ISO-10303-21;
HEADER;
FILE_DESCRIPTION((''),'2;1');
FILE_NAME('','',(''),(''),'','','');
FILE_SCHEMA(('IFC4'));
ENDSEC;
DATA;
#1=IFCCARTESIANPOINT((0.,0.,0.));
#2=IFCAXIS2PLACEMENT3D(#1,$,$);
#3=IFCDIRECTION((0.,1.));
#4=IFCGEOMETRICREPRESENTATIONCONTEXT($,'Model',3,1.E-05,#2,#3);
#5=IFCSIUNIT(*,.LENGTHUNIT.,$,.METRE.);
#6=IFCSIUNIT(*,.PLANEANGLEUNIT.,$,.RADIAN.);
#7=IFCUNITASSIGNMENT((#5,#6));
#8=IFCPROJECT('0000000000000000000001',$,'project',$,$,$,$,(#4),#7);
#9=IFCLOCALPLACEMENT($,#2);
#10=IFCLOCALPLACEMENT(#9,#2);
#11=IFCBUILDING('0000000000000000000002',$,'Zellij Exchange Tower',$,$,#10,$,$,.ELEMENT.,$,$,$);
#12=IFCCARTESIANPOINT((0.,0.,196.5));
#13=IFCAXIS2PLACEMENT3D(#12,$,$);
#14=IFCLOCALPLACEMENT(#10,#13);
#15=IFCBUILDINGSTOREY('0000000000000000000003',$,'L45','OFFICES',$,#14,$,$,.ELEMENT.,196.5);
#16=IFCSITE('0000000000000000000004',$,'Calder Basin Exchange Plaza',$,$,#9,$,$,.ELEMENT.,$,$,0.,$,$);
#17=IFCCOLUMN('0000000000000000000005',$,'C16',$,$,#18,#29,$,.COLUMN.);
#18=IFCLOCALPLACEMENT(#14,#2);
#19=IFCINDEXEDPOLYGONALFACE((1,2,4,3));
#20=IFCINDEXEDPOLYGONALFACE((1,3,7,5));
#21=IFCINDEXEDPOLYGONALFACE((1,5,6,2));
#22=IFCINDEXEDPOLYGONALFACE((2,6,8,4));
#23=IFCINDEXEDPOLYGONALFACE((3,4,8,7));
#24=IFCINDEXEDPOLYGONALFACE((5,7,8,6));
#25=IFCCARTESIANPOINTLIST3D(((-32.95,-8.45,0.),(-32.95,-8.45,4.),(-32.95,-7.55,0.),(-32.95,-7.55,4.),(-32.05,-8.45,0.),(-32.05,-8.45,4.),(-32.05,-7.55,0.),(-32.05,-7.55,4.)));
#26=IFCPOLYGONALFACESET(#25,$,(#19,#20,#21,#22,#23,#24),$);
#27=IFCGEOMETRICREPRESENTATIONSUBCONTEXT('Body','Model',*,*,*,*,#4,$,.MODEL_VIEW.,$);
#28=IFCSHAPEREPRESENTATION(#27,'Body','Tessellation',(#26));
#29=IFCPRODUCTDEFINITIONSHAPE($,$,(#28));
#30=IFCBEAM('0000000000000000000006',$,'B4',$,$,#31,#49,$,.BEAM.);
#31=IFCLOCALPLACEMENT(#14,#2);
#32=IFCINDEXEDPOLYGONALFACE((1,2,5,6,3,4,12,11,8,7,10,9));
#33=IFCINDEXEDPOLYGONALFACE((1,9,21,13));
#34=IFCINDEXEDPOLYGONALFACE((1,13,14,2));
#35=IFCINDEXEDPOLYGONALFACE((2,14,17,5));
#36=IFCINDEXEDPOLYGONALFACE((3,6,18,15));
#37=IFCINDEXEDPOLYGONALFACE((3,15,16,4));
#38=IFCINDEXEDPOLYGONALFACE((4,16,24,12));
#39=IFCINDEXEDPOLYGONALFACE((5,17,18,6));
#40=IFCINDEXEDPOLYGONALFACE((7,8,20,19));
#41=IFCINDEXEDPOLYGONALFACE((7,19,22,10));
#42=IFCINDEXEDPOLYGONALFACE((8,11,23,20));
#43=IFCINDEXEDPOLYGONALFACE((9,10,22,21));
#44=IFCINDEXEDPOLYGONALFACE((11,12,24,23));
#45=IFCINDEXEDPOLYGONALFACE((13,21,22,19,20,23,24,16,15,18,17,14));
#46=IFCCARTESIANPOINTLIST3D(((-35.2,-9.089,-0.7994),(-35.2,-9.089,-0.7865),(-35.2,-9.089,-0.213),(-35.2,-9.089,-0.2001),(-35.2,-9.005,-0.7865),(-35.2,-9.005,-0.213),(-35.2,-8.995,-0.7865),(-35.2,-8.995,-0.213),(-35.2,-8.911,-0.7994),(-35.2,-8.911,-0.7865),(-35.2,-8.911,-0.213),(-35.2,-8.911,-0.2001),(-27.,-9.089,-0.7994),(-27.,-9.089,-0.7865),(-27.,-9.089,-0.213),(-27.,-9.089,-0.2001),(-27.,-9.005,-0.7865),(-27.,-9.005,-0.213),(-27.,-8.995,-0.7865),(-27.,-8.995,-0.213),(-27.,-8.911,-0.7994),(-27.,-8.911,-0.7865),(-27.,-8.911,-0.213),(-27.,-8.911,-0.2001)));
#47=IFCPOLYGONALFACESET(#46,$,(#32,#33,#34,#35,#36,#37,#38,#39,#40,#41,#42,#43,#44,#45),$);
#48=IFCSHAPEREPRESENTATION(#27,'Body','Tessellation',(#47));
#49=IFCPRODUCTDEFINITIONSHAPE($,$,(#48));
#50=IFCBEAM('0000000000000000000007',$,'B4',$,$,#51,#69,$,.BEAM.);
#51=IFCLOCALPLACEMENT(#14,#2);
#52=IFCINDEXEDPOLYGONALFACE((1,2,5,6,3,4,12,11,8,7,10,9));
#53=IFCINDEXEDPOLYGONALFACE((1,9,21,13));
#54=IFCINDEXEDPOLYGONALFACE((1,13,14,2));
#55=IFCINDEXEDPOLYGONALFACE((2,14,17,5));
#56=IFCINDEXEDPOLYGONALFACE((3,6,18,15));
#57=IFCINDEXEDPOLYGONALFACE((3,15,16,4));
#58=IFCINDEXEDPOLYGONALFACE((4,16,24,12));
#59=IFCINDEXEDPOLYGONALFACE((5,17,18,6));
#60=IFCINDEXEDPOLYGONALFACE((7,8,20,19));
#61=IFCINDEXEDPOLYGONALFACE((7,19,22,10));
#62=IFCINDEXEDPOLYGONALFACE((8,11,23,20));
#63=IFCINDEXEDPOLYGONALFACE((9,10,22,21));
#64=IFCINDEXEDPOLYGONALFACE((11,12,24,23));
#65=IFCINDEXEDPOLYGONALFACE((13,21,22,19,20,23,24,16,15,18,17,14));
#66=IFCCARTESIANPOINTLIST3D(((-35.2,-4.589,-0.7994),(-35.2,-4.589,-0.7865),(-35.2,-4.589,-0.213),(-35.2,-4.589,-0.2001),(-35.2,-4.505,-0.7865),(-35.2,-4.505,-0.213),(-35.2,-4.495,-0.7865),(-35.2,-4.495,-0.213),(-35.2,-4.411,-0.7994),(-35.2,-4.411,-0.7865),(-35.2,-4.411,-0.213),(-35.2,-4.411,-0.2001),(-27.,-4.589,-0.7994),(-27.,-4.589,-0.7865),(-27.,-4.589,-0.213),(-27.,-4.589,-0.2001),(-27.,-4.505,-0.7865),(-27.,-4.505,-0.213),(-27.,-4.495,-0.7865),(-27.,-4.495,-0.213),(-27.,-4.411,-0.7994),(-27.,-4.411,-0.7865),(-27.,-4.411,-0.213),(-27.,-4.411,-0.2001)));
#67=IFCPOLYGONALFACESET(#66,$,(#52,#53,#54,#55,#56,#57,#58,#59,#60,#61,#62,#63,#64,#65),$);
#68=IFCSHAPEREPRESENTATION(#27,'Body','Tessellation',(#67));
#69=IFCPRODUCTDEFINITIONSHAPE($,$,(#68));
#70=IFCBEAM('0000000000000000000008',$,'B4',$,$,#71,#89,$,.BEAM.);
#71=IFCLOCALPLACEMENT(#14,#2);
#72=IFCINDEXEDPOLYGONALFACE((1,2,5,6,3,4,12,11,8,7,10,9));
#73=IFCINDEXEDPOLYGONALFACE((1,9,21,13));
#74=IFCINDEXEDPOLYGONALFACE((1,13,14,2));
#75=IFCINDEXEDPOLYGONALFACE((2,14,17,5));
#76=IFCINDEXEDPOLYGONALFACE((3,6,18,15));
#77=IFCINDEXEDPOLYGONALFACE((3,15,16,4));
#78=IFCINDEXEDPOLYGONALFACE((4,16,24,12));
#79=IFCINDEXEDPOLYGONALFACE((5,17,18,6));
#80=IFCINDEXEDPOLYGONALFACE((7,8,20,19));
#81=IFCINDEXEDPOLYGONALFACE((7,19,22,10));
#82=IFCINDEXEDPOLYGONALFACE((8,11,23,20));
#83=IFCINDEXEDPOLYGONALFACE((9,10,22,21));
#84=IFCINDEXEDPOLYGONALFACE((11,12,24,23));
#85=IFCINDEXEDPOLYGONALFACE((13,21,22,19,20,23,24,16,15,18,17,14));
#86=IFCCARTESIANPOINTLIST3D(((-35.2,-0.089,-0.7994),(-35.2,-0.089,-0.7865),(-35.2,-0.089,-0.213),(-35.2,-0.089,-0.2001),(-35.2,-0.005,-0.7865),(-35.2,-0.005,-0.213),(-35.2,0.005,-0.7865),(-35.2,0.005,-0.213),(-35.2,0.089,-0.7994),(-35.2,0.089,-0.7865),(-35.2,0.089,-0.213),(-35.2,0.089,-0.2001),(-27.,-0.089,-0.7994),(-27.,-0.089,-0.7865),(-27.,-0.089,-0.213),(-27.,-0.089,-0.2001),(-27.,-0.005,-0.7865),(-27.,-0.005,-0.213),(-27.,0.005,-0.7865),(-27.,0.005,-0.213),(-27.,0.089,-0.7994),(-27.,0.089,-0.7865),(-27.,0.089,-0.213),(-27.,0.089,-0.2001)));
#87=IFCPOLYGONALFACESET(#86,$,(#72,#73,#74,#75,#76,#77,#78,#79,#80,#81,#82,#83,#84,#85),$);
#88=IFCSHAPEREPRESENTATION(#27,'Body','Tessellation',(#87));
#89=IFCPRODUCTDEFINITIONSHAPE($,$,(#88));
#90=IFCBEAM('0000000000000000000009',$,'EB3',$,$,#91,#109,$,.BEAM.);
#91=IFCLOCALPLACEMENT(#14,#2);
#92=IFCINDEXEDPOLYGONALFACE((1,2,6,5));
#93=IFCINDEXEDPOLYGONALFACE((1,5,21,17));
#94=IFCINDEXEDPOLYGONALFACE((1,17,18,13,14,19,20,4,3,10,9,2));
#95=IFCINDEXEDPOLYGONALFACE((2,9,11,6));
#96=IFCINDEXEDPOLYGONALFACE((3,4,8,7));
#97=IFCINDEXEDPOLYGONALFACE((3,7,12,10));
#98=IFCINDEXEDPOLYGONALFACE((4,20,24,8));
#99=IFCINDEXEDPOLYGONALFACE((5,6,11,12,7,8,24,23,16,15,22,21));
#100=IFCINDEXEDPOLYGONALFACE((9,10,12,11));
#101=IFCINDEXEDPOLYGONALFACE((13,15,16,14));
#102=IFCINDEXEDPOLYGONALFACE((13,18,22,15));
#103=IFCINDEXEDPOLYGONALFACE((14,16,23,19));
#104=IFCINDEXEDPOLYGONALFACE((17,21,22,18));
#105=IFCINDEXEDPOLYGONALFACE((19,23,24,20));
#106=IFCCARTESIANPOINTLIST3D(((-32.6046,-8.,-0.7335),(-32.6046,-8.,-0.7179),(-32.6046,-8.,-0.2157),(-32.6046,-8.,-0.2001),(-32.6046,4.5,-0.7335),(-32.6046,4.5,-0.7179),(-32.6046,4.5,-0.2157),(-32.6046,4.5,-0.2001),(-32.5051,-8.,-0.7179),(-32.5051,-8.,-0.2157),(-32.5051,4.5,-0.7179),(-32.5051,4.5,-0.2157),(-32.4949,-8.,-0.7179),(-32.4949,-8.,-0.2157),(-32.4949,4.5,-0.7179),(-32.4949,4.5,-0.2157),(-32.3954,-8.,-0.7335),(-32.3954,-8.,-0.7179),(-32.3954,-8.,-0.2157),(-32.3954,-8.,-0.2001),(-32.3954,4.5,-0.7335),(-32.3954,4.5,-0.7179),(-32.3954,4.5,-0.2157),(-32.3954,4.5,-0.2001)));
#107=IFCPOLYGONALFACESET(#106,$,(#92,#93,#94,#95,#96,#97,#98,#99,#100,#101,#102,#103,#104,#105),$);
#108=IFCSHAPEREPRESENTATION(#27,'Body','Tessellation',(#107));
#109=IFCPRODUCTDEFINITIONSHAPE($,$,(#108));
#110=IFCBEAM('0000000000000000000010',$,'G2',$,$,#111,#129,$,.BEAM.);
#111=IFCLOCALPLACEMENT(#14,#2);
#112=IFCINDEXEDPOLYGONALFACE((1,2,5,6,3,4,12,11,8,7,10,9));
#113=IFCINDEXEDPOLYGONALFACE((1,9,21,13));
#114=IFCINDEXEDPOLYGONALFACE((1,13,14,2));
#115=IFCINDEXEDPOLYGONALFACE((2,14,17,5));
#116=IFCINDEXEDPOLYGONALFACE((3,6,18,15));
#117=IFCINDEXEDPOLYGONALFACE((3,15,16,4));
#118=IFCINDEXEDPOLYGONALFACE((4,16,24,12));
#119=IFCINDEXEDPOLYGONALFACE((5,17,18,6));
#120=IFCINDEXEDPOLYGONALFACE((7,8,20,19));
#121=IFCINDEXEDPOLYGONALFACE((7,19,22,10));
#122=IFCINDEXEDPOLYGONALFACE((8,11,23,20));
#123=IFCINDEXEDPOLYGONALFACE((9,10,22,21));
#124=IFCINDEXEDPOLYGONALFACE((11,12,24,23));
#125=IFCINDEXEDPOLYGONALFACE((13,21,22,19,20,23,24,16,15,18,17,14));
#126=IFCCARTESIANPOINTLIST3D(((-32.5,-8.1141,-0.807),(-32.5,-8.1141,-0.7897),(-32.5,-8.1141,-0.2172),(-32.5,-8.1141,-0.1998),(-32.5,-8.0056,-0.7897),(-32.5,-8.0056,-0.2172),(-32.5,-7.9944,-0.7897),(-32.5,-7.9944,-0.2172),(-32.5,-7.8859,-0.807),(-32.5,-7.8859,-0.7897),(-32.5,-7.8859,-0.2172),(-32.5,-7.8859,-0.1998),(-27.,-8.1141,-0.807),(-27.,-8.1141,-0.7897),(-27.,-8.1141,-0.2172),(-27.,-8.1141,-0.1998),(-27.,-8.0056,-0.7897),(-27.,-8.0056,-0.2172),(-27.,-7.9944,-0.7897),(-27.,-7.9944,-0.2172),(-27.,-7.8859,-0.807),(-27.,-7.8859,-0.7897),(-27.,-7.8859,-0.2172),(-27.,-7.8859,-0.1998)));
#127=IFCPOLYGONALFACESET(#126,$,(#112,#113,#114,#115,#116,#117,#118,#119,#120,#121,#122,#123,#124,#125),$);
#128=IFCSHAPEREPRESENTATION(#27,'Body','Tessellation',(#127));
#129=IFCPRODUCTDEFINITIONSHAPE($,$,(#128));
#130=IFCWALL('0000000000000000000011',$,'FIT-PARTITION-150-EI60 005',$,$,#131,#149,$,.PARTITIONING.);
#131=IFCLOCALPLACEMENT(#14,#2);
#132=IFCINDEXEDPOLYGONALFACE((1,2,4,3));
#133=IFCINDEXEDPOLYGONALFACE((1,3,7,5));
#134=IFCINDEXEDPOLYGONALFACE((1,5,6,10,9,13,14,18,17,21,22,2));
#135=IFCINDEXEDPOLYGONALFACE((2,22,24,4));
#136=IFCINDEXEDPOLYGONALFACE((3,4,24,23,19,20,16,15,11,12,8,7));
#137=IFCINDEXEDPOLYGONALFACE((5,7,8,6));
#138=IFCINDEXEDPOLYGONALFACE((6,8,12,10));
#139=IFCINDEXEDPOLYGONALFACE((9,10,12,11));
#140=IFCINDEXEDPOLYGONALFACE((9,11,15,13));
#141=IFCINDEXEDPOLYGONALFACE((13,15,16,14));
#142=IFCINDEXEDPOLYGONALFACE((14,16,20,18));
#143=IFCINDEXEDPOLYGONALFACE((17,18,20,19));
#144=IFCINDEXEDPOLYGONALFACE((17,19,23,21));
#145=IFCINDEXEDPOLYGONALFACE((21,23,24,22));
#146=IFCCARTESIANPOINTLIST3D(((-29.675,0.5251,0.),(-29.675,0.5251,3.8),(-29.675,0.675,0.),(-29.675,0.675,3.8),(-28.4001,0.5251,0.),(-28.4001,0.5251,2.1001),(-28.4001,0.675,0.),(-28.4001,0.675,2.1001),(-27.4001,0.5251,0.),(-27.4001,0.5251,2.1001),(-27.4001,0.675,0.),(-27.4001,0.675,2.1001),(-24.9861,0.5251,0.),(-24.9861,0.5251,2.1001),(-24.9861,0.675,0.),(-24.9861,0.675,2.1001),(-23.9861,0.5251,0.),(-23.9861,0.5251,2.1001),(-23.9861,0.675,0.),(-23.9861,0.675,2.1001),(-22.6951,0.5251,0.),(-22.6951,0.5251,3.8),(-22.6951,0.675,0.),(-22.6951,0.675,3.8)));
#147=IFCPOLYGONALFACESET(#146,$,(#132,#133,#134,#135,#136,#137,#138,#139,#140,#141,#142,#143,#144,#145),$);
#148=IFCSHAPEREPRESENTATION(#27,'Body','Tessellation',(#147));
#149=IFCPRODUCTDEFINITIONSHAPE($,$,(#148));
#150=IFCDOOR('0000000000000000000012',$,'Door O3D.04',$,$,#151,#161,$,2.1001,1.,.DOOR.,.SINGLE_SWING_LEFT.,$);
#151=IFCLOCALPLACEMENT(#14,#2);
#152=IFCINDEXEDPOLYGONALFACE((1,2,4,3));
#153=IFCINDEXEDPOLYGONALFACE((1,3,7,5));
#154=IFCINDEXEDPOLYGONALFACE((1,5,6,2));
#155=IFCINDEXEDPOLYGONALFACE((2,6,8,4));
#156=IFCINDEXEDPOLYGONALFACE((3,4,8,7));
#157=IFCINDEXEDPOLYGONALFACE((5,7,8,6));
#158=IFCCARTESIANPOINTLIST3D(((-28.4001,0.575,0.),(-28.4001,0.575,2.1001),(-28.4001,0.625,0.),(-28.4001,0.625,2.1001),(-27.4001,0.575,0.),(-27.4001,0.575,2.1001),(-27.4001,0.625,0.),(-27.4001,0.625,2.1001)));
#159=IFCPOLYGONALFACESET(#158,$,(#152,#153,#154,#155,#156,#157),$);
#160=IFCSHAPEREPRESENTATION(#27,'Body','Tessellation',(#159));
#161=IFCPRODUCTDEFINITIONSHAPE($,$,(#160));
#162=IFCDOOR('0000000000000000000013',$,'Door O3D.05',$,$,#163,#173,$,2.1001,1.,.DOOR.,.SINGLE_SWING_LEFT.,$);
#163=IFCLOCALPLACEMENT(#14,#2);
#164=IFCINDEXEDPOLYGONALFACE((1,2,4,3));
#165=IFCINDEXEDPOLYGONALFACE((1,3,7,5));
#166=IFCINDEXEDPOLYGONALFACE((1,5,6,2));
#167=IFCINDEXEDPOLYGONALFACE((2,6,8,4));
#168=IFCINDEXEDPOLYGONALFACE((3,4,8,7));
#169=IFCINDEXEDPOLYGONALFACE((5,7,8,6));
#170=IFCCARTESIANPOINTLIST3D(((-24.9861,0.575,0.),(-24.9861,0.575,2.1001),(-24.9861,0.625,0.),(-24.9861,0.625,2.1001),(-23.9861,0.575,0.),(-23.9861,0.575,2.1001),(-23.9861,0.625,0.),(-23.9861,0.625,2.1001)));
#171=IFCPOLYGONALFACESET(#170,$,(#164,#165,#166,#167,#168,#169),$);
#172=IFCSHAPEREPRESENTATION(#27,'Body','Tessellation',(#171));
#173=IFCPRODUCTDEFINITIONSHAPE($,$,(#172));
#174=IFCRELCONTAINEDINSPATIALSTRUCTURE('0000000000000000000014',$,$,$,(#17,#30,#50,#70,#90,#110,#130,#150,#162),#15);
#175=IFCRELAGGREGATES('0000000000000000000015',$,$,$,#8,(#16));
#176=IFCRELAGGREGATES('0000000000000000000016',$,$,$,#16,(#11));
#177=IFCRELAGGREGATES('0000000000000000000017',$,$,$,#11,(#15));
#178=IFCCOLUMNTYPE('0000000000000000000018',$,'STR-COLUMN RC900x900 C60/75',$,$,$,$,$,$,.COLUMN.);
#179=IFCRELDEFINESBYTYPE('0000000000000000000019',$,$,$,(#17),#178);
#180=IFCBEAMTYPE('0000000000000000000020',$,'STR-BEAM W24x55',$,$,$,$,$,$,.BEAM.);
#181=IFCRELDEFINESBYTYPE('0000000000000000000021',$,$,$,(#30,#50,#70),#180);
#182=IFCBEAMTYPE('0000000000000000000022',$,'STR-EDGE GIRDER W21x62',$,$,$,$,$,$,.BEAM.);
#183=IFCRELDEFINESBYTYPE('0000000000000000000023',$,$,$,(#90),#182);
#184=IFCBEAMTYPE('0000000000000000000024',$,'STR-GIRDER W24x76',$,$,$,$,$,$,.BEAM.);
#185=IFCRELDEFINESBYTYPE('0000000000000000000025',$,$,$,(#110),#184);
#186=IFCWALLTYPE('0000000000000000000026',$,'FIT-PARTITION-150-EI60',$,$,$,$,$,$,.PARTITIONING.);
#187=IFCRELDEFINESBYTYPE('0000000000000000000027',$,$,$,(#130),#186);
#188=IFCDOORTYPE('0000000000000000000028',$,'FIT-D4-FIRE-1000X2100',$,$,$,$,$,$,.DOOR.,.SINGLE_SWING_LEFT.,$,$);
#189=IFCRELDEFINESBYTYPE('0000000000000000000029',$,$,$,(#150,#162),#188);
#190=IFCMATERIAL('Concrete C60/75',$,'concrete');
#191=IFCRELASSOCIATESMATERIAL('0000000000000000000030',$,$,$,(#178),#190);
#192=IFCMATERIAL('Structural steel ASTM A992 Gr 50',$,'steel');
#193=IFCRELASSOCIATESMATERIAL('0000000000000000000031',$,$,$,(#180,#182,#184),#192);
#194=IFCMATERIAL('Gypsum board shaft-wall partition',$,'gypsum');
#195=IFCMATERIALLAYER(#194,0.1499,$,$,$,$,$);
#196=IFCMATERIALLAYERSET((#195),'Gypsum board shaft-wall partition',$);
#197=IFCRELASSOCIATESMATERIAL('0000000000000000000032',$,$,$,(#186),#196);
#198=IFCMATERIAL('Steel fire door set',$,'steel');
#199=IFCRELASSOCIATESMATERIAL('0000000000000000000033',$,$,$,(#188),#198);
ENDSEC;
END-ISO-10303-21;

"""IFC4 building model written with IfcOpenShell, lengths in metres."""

from ifc_helpers import new_model, si_unit, direction, frame, frame_2d, origin, origin_2d, place, context, subcontext, project, spatial, rectangle, i_section, extrude, material, layer, layer_set, material_profile, profile_set, type_object, element, fill, save


model = new_model("IFC4")

# Units and contexts
model_context = context("Model", 3, precision=1e-05, world=origin(), true_north=direction((0.0, 1.0)))
body_context = subcontext(model_context, "Body", "Model", "MODEL_VIEW")
ifc_project = project(units=[si_unit("LENGTHUNIT", "METRE"), si_unit("PLANEANGLEUNIT", "RADIAN")], contexts=[model_context])

# Site, building, storey
site_placement = place(None, origin())
site = spatial("IfcSite", under=ifc_project, at=site_placement, Name="Calder Basin Exchange Plaza", CompositionType="ELEMENT", RefElevation=0.0)
building_placement = place(site_placement, origin())
building = spatial("IfcBuilding", under=site, at=building_placement, Name="Zellij Exchange Tower", CompositionType="ELEMENT")
storey_placement = place(building_placement, frame((0.0, 0.0, 196.5)))
storey = spatial("IfcBuildingStorey", under=building, at=storey_placement, Name="L45", Description="OFFICES", CompositionType="ELEMENT", Elevation=196.5)

# Column
ifc_material_1 = material(Name="Concrete C60/75", Category="concrete")
ifc_material_profile_1 = material_profile(ifc_material_1, rectangle(XDim=0.8999, YDim=0.8999, at=origin_2d()), Name="STR-COLUMN RC900x900 C60/75")
ifc_profile_set_1 = profile_set([ifc_material_profile_1], Name="Concrete C60/75")
column_type = type_object("IfcColumnType", Name="STR-COLUMN RC900x900 C60/75", PredefinedType="COLUMN", material=ifc_profile_set_1)
column_placement = place(storey_placement, frame((-32.5, -8.0, 0.0), z_axis=(0.0, 0.0, 1.0), x_axis=(1.0, 0.0, 0.0)))
element("IfcColumn", 1, at=column_placement, inside=storey, type_object=column_type, Name="C16", PredefinedType="COLUMN", context=body_context, shape_type="SweptSolid", body=[
    extrude(rectangle(XDim=0.8999, YDim=0.8999, at=origin_2d()), origin(), (0.0, 0.0, 1.0), 4.0),
])

# Beams
ifc_material_2 = material(Name="Structural steel ASTM A992 Gr 50", Category="steel")
ifc_material_profile_2 = material_profile(ifc_material_2, i_section(OverallWidth=0.178, OverallDepth=0.5994, WebThickness=0.01, FlangeThickness=0.0129, at=origin_2d()), Name="W24x55")
ifc_profile_set_2 = profile_set([ifc_material_profile_2], Name="Structural steel ASTM A992 Gr 50")
beam_type_1 = type_object("IfcBeamType", Name="STR-BEAM W24x55", PredefinedType="BEAM", material=ifc_profile_set_2)
for number, where, z_axis, x_axis, name in (
    (2, (-35.2, -9.0, -0.4998), (1.0, 0.0, 0.0), (0.0, 1.0, 0.0), "B4"),
    (3, (-35.2, -4.5, -0.4998), (1.0, 0.0, 0.0), (0.0, 1.0, 0.0), "B4"),
    (4, (-35.2, 0.0, -0.4998), (1.0, 0.0, 0.0), (0.0, 1.0, 0.0), "B4"),
):
    element("IfcBeam", number, at=place(storey_placement, frame(where, z_axis=z_axis, x_axis=x_axis)), inside=storey, type_object=beam_type_1, Name=name, PredefinedType="BEAM", context=body_context, shape_type="SweptSolid", body=[
        extrude(i_section(OverallWidth=0.178, OverallDepth=0.5994, WebThickness=0.01, FlangeThickness=0.0129, at=origin_2d()), origin(), (0.0, 0.0, 1.0), 8.2),
    ])
ifc_material_profile_3 = material_profile(ifc_material_2, i_section(OverallWidth=0.2092, OverallDepth=0.5334, WebThickness=0.0103, FlangeThickness=0.0156, at=origin_2d()), Name="W21x62")
ifc_profile_set_3 = profile_set([ifc_material_profile_3], Name="Structural steel ASTM A992 Gr 50")
beam_type_2 = type_object("IfcBeamType", Name="STR-EDGE GIRDER W21x62", PredefinedType="BEAM", material=ifc_profile_set_3)
beam_1_placement = place(storey_placement, frame((-32.5, -8.0, -0.4668), z_axis=(0.0, 1.0, 0.0), x_axis=(-1.0, 0.0, 0.0)))
element("IfcBeam", 5, at=beam_1_placement, inside=storey, type_object=beam_type_2, Name="EB3", PredefinedType="BEAM", context=body_context, shape_type="SweptSolid", body=[
    extrude(i_section(OverallWidth=0.2092, OverallDepth=0.5334, WebThickness=0.0103, FlangeThickness=0.0156, at=origin_2d()), origin(), (0.0, 0.0, 1.0), 12.5),
])
ifc_material_profile_4 = material_profile(ifc_material_2, i_section(OverallWidth=0.2283, OverallDepth=0.6072, WebThickness=0.0112, FlangeThickness=0.0173, at=origin_2d()), Name="W24x76")
ifc_profile_set_4 = profile_set([ifc_material_profile_4], Name="Structural steel ASTM A992 Gr 50")
beam_type_3 = type_object("IfcBeamType", Name="STR-GIRDER W24x76", PredefinedType="BEAM", material=ifc_profile_set_4)
beam_2_placement = place(storey_placement, frame((-32.5, -8.0, -0.5034), z_axis=(1.0, 0.0, 0.0), x_axis=(0.0, 1.0, 0.0)))
element("IfcBeam", 6, at=beam_2_placement, inside=storey, type_object=beam_type_3, Name="G2", PredefinedType="BEAM", context=body_context, shape_type="SweptSolid", body=[
    extrude(i_section(OverallWidth=0.2283, OverallDepth=0.6072, WebThickness=0.0112, FlangeThickness=0.0173, at=origin_2d()), origin(), (0.0, 0.0, 1.0), 5.5),
])

# Wall, openings, doors
ifc_material_3 = material(Name="Gypsum board shaft-wall partition", Category="gypsum")
ifc_layer_1 = layer(ifc_material_3, 0.1499)
ifc_layer_set_1 = layer_set([ifc_layer_1], Name="Gypsum board shaft-wall partition")
wall_type = type_object("IfcWallType", Name="FIT-PARTITION-150-EI60", PredefinedType="PARTITIONING", material=ifc_layer_set_1)
wall_placement = place(storey_placement, frame((-29.675, 0.6001, 0.0), z_axis=(0.0, 0.0, 1.0), x_axis=(1.0, 0.0, 0.0)))
wall = element("IfcWall", 7, at=wall_placement, inside=storey, type_object=wall_type, Name="FIT-PARTITION-150-EI60 005", PredefinedType="PARTITIONING", context=body_context, shape_type="SweptSolid", body=[
    extrude(rectangle(XDim=6.98, YDim=0.1499, at=frame_2d((3.49, 0.0))), origin(), (0.0, 0.0, 1.0), 3.8),
])
opening_1_placement = place(wall_placement, frame((1.2749, 0.0, 0.0)))
opening_1 = element("IfcOpeningElement", 8, at=opening_1_placement, cuts=wall, PredefinedType="OPENING", context=body_context, shape_type="SweptSolid", body=[
    extrude(rectangle(XDim=1.0, YDim=2.1001, at=frame_2d((0.5, 1.05))), frame((0.0, 0.0869, 0.0), z_axis=(0.0, -1.0, 0.0), x_axis=(1.0, 0.0, 0.0)), (0.0, 0.0, 1.0), 0.1738),
])
opening_2_placement = place(wall_placement, frame((4.689, 0.0, 0.0)))
opening_2 = element("IfcOpeningElement", 9, at=opening_2_placement, cuts=wall, PredefinedType="OPENING", context=body_context, shape_type="SweptSolid", body=[
    extrude(rectangle(XDim=1.0, YDim=2.1001, at=frame_2d((0.5, 1.05))), frame((0.0, 0.0869, 0.0), z_axis=(0.0, -1.0, 0.0), x_axis=(1.0, 0.0, 0.0)), (0.0, 0.0, 1.0), 0.1738),
])
ifc_material_4 = material(Name="Steel fire door set", Category="steel")
door_type = type_object("IfcDoorType", Name="FIT-D4-FIRE-1000X2100", OperationType="SINGLE_SWING_LEFT", PredefinedType="DOOR", material=ifc_material_4)
door_1_placement = place(opening_1_placement, origin())
door_1 = element("IfcDoor", 10, at=door_1_placement, inside=storey, type_object=door_type, Name="Door O3D.04", OperationType="SINGLE_SWING_LEFT", OverallHeight=2.1001, OverallWidth=1.0, PredefinedType="DOOR", context=body_context, shape_type="SweptSolid", body=[
    extrude(rectangle(XDim=1.0, YDim=2.1001, at=frame_2d((0.5, 1.05))), frame((0.0, 0.0249, 0.0), z_axis=(0.0, -1.0, 0.0), x_axis=(1.0, 0.0, 0.0)), (0.0, 0.0, 1.0), 0.05),
])
fill(opening_1, door_1)
door_2_placement = place(opening_2_placement, origin())
door_2 = element("IfcDoor", 11, at=door_2_placement, inside=storey, type_object=door_type, Name="Door O3D.05", OperationType="SINGLE_SWING_LEFT", OverallHeight=2.1001, OverallWidth=1.0, PredefinedType="DOOR", context=body_context, shape_type="SweptSolid", body=[
    extrude(rectangle(XDim=1.0, YDim=2.1001, at=frame_2d((0.5, 1.05))), frame((0.0, 0.0249, 0.0), z_axis=(0.0, -1.0, 0.0), x_axis=(1.0, 0.0, 0.0)), (0.0, 0.0, 1.0), 0.05),
])
fill(opening_2, door_2)

save(model, "model.ifc")
